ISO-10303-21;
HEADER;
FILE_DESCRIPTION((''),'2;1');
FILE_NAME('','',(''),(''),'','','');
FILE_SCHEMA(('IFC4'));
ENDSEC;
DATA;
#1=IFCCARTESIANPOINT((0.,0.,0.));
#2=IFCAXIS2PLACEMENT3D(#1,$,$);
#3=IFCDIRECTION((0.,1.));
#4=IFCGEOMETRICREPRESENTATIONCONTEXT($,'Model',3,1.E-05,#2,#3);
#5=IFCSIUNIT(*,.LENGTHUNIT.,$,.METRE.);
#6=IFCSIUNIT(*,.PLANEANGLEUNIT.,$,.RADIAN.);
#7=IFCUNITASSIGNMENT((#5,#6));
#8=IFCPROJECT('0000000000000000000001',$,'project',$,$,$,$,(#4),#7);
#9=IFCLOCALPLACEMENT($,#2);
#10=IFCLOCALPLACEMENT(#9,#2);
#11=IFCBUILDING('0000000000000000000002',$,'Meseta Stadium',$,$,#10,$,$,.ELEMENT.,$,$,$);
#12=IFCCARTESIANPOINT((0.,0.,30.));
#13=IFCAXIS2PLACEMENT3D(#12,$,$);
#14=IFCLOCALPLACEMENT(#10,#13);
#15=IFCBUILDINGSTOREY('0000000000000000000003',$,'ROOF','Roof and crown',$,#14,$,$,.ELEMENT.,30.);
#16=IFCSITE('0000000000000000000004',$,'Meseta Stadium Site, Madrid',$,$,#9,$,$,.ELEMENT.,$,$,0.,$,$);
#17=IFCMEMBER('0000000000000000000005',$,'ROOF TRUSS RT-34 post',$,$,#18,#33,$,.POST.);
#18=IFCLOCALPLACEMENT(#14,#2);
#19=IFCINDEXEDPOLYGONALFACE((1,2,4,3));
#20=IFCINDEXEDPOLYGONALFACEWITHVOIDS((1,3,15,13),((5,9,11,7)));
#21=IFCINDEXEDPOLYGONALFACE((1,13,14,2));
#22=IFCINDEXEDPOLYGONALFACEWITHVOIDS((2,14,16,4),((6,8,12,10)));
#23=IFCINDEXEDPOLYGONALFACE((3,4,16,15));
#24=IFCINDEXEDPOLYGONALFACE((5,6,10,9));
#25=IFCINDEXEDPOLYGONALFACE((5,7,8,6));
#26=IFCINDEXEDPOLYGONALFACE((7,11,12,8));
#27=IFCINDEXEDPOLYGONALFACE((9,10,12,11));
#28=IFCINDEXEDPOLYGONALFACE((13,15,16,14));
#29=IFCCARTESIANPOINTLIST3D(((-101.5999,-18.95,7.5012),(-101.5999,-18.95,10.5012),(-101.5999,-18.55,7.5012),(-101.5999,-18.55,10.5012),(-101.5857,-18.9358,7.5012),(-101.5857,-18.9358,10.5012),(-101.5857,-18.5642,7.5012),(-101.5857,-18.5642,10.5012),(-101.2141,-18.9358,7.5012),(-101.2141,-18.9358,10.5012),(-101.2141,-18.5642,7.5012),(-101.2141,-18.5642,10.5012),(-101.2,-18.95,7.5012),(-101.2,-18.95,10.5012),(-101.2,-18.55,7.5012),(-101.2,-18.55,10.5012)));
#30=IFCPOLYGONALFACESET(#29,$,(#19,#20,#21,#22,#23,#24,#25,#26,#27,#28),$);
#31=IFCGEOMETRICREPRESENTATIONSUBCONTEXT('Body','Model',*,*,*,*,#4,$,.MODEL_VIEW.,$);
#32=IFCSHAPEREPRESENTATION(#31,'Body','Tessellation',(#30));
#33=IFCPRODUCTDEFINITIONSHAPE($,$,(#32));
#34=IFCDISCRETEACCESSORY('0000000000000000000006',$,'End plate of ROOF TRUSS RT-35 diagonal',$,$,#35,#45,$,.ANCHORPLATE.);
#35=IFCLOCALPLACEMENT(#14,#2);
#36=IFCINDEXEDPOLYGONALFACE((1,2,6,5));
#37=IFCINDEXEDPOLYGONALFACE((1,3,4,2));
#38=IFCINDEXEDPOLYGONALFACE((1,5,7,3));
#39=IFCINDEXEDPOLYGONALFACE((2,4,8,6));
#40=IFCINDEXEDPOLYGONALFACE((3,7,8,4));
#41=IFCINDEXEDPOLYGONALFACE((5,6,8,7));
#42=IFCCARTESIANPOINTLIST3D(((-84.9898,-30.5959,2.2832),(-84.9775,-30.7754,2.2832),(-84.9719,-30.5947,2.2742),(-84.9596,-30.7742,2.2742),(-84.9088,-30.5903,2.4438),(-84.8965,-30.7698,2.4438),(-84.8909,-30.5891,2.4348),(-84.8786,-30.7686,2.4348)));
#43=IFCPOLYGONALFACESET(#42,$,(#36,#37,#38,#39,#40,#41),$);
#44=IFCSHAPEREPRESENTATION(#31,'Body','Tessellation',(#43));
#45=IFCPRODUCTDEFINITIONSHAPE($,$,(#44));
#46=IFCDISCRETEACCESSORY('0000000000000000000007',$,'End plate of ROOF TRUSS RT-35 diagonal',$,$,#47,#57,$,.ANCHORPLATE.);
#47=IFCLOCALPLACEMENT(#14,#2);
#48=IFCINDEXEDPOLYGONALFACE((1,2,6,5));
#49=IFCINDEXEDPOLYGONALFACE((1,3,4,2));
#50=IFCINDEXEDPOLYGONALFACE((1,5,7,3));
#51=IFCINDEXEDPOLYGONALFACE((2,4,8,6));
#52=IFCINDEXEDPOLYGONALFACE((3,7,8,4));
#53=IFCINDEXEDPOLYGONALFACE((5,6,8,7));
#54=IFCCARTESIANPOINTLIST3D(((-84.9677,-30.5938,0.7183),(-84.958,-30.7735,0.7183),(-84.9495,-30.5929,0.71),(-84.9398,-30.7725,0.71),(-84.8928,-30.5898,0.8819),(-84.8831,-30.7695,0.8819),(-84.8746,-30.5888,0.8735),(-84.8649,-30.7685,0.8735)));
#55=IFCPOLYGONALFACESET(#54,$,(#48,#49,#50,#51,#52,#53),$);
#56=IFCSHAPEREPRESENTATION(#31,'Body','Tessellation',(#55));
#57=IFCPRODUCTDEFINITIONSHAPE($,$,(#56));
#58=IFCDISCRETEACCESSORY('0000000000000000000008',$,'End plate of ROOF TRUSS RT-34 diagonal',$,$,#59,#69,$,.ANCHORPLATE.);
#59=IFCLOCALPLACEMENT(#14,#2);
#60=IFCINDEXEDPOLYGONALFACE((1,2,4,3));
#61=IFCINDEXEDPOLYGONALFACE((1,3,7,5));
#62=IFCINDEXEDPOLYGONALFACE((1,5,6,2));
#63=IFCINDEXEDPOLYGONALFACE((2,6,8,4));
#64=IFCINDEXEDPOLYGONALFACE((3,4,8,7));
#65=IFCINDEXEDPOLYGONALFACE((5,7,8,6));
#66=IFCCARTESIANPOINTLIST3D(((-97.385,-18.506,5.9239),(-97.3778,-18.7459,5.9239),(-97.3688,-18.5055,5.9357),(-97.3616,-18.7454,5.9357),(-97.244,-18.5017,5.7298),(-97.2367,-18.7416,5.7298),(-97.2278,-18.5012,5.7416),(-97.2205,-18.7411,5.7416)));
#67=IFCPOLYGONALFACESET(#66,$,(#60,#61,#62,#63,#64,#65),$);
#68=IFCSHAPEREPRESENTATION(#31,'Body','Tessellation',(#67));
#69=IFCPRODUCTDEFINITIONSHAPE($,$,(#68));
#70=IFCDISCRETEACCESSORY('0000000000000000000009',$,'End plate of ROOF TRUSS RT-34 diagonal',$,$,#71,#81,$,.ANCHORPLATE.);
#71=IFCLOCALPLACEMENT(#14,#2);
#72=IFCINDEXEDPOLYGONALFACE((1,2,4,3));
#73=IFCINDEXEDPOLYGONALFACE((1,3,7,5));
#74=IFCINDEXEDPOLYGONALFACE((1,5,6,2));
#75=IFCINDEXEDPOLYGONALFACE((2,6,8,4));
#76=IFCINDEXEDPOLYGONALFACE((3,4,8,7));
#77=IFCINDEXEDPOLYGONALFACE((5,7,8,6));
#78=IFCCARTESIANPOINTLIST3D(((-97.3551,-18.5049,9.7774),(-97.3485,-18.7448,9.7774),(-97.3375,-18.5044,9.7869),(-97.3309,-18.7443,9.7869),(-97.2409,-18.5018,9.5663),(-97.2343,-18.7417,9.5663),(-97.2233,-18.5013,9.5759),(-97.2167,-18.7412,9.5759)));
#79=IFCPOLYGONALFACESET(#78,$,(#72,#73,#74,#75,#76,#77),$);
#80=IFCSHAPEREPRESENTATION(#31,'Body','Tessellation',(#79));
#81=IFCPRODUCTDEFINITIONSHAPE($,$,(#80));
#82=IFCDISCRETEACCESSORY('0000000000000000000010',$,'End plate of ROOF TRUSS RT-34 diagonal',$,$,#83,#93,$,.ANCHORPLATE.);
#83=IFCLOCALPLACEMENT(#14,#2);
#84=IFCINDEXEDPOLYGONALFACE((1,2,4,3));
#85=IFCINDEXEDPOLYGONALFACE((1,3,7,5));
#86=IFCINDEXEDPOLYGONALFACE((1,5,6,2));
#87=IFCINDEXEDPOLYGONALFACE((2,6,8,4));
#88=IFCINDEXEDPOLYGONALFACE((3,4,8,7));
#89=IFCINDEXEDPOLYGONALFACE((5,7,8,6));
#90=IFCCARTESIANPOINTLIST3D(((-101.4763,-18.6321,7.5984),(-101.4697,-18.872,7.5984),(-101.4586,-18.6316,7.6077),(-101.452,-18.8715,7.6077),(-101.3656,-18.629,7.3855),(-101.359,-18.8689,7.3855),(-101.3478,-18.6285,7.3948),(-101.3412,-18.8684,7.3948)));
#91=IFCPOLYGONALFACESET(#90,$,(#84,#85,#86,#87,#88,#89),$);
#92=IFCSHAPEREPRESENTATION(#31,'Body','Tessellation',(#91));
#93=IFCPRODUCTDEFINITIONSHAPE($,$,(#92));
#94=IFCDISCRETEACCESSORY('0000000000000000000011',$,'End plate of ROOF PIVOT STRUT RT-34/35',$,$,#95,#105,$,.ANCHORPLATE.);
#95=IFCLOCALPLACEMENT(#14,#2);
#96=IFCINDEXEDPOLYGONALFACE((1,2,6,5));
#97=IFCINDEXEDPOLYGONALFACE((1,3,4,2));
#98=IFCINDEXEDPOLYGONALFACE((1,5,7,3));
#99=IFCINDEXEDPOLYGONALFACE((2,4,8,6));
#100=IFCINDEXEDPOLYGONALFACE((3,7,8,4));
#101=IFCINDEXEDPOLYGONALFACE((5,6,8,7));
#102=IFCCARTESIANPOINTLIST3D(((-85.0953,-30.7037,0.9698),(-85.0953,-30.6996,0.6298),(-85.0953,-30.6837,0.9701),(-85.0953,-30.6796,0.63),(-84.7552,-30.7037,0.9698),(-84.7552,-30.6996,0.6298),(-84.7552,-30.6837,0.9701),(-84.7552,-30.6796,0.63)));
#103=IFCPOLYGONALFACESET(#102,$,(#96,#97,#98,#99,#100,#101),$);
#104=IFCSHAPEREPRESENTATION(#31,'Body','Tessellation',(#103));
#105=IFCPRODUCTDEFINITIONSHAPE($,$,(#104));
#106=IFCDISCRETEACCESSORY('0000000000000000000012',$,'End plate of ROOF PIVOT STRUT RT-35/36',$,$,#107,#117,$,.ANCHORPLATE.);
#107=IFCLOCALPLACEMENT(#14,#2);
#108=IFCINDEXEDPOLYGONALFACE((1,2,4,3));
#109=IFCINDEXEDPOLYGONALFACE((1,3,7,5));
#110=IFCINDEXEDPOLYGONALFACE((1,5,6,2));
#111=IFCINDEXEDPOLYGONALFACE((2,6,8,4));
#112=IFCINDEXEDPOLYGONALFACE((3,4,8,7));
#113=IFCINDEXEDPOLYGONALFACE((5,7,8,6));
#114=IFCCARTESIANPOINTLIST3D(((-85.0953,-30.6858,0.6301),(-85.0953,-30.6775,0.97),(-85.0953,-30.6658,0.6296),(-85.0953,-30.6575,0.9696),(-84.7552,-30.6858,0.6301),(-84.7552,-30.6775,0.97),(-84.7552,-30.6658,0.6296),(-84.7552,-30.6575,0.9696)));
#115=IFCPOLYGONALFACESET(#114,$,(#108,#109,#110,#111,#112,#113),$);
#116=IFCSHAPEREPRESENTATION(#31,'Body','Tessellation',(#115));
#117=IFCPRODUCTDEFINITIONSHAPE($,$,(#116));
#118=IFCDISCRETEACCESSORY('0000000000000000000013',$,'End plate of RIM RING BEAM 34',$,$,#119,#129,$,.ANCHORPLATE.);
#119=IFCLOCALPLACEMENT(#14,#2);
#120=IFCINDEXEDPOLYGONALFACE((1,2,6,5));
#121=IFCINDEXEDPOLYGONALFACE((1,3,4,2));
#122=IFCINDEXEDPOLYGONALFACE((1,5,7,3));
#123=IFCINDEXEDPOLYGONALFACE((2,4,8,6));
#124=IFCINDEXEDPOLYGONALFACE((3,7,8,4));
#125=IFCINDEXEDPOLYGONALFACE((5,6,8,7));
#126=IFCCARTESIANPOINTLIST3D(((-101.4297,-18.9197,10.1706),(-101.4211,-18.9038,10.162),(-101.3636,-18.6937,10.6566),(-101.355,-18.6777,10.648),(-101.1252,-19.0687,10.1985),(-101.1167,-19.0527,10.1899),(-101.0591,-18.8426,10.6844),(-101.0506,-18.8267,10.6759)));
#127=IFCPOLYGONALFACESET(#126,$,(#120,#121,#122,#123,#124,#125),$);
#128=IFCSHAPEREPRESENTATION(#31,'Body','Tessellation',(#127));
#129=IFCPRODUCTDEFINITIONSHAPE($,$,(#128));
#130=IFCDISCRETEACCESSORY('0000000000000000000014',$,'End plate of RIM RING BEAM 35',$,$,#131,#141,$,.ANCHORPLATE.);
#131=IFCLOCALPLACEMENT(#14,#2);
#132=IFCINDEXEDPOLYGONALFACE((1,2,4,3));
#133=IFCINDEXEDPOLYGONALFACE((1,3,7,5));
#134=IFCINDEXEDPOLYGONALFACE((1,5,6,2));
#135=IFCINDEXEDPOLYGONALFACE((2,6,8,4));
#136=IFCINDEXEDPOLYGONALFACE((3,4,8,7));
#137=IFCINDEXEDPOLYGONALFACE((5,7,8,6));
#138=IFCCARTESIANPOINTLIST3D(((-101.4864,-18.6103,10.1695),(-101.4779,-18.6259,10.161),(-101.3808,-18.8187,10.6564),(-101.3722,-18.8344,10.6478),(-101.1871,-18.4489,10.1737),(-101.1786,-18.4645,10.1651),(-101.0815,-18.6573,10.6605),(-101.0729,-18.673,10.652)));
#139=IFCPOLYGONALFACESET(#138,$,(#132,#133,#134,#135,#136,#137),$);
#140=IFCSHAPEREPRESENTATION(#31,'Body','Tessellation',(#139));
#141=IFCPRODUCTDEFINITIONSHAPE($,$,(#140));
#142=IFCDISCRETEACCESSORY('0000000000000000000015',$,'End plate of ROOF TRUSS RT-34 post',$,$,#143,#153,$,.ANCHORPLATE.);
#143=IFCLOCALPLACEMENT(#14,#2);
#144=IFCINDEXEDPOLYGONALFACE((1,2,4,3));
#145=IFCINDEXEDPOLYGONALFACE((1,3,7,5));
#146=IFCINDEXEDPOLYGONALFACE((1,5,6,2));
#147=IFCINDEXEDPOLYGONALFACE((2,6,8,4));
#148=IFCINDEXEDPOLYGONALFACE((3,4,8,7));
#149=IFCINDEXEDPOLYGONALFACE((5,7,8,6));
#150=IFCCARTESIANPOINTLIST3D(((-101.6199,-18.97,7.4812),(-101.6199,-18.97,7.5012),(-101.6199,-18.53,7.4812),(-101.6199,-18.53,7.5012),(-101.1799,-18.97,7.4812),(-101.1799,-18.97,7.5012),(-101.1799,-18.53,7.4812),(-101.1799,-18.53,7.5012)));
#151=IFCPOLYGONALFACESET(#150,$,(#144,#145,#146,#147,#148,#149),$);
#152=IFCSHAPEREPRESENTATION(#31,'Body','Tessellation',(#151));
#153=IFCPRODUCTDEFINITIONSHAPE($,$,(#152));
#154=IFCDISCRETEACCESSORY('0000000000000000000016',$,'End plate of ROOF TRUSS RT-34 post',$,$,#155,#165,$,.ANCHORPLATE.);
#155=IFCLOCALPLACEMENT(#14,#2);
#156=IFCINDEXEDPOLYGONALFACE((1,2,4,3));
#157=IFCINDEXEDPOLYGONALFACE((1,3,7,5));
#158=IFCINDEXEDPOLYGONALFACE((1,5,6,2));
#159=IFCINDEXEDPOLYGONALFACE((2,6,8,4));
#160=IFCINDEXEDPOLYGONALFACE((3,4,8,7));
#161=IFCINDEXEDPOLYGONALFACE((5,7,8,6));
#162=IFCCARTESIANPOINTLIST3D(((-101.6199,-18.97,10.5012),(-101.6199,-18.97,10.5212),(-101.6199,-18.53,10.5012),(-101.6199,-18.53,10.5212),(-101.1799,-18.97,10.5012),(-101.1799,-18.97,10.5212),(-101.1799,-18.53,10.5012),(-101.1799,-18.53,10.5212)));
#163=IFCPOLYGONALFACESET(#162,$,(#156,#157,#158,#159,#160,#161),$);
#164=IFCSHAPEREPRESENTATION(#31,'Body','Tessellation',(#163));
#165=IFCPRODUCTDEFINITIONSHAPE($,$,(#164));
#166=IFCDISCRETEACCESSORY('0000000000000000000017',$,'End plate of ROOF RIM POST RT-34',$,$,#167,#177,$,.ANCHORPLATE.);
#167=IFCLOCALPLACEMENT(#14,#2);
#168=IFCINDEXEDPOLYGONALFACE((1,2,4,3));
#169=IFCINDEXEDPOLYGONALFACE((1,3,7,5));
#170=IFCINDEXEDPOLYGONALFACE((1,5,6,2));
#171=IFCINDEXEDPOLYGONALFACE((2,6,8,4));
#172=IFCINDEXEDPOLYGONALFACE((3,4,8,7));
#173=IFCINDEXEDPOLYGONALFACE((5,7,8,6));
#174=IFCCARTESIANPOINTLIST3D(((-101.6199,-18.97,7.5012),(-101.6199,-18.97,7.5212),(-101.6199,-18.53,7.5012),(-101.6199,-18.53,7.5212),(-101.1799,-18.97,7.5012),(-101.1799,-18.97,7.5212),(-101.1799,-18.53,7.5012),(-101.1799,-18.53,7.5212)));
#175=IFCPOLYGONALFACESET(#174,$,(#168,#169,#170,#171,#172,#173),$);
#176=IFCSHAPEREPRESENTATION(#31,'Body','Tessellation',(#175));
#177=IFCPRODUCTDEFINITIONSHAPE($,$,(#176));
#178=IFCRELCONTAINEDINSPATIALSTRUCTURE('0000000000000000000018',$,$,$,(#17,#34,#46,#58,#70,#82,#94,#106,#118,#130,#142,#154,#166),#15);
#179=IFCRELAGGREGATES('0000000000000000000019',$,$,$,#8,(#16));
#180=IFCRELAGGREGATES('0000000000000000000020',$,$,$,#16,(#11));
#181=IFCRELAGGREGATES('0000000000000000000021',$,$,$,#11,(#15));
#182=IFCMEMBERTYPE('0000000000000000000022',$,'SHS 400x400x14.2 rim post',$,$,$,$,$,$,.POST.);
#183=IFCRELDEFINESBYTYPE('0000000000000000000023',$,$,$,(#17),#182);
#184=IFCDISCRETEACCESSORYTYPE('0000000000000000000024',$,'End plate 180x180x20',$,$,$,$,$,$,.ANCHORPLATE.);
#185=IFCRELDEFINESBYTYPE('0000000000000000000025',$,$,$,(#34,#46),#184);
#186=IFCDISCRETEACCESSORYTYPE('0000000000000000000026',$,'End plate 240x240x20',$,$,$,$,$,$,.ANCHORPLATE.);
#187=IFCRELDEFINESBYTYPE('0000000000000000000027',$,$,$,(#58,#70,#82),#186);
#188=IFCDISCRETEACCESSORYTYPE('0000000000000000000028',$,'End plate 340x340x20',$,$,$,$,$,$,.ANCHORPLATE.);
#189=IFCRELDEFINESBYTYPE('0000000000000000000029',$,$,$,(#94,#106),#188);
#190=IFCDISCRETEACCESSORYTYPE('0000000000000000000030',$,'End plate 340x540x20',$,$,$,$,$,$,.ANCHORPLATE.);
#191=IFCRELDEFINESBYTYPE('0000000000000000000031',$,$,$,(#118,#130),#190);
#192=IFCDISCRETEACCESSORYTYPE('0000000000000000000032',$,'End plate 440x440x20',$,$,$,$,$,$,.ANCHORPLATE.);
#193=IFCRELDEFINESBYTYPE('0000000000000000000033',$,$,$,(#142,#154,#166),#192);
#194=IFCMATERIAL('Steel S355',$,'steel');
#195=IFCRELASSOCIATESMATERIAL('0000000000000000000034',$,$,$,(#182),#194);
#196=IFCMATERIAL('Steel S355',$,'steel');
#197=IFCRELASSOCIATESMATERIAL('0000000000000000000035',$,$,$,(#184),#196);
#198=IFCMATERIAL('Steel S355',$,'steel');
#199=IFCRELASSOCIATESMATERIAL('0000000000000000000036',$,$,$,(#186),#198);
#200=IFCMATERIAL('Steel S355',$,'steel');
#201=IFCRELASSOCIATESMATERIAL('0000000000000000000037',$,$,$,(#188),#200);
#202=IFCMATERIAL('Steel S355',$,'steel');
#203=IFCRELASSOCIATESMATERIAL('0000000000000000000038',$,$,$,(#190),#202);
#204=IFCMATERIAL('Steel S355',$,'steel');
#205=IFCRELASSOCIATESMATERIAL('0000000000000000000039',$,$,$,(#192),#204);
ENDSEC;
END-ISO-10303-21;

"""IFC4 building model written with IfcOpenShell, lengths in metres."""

from ifc_helpers import new_model, si_unit, direction, frame, origin, origin_2d, place, context, subcontext, project, spatial, rectangle, hollow_rectangle, extrude, material, material_profile, profile_set, type_object, element, save


model = new_model("IFC4")

# Units and contexts
model_context = context("Model", 3, precision=1e-05, world=origin(), true_north=direction((0.0, 1.0)))
body_context = subcontext(model_context, "Body", "Model", "MODEL_VIEW")
ifc_project = project(units=[si_unit("LENGTHUNIT", "METRE"), si_unit("PLANEANGLEUNIT", "RADIAN")], contexts=[model_context])

# Site, building, storey
site_placement = place(None, origin())
site = spatial("IfcSite", under=ifc_project, at=site_placement, Name="Meseta Stadium Site, Madrid", CompositionType="ELEMENT", RefElevation=0.0)
building_placement = place(site_placement, origin())
building = spatial("IfcBuilding", under=site, at=building_placement, Name="Meseta Stadium", CompositionType="ELEMENT")
storey_placement = place(building_placement, frame((0.0, 0.0, 30.0)))
storey = spatial("IfcBuildingStorey", under=building, at=storey_placement, Name="ROOF", Description="Roof and crown", CompositionType="ELEMENT", Elevation=30.0)

# Member
ifc_material_1 = material(Name="Steel S355", Category="steel")
ifc_material_profile_1 = material_profile(ifc_material_1, hollow_rectangle(XDim=0.3999, YDim=0.3999, WallThickness=0.0142, at=origin_2d()), Name="SHS 400x400x14.2")
ifc_profile_set_1 = profile_set([ifc_material_profile_1], Name="Steel S355")
member_type_1 = type_object("IfcMemberType", Name="SHS 400x400x14.2 rim post", PredefinedType="POST", material=ifc_profile_set_1)
member_1_placement = place(storey_placement, frame((-101.3999, -18.75, 7.5012), z_axis=(0.0, 0.0, 1.0), x_axis=(1.0, 0.0, 0.0)))
element("IfcMember", 1, at=member_1_placement, inside=storey, type_object=member_type_1, Name="ROOF TRUSS RT-34 post", PredefinedType="POST", context=body_context, shape_type="SweptSolid", body=[
    extrude(hollow_rectangle(XDim=0.3999, YDim=0.3999, WallThickness=0.0142, at=origin_2d()), origin(), (0.0, 0.0, 1.0), 3.0),
])

# Discrete accessories
ifc_material_2 = material(Name="Steel S355", Category="steel")
ifc_material_profile_2 = material_profile(ifc_material_2, rectangle(XDim=0.1799, YDim=0.1799, at=origin_2d()), Name="PL 180x180")
ifc_profile_set_2 = profile_set([ifc_material_profile_2], Name="Steel S355")
discrete_accessory_type_1 = type_object("IfcDiscreteAccessoryType", Name="End plate 180x180x20", PredefinedType="ANCHORPLATE", material=ifc_profile_set_2)
for number, where, z_axis, x_axis, name in (
    (2, (-84.9253, -30.6816, 2.3545), (-0.89031, -0.06098, 0.451253), (0.068333, -0.997663, 0.0), "End plate of ROOF TRUSS RT-35 diagonal"),
    (3, (-84.9072, -30.6807, 0.7917), (-0.907583, -0.049059, 0.416997), (0.053975, -0.998542, 0.0), "End plate of ROOF TRUSS RT-35 diagonal"),
):
    element("IfcDiscreteAccessory", number, at=place(storey_placement, frame(where, z_axis=z_axis, x_axis=x_axis)), inside=storey, type_object=discrete_accessory_type_1, Name=name, PredefinedType="ANCHORPLATE", context=body_context, shape_type="SweptSolid", body=[
        extrude(rectangle(XDim=0.1799, YDim=0.1799, at=origin_2d()), origin(), (0.0, 0.0, 1.0), 0.02),
    ])
ifc_material_3 = material(Name="Steel S355", Category="steel")
ifc_material_profile_3 = material_profile(ifc_material_3, rectangle(XDim=0.24, YDim=0.24, at=origin_2d()), Name="PL 240x240")
ifc_profile_set_3 = profile_set([ifc_material_profile_3], Name="Steel S355")
discrete_accessory_type_2 = type_object("IfcDiscreteAccessoryType", Name="End plate 240x240x20", PredefinedType="ANCHORPLATE", material=ifc_profile_set_3)
for number, where, z_axis, x_axis, name in (
    (4, (-97.2947, -18.6233, 5.8386), (-0.808493, -0.0245, -0.587995), (0.030289, -0.999541, 0.0), "End plate of ROOF TRUSS RT-34 diagonal"),
    (5, (-97.2771, -18.6228, 9.6814), (-0.87903, -0.024417, -0.476141), (0.027767, -0.999614, 0.0), "End plate of ROOF TRUSS RT-34 diagonal"),
    (6, (-101.3999, -18.75, 7.5012), (-0.886756, -0.024295, -0.461599), (0.027387, -0.999625, 0.0), "End plate of ROOF TRUSS RT-34 diagonal"),
):
    element("IfcDiscreteAccessory", number, at=place(storey_placement, frame(where, z_axis=z_axis, x_axis=x_axis)), inside=storey, type_object=discrete_accessory_type_2, Name=name, PredefinedType="ANCHORPLATE", context=body_context, shape_type="SweptSolid", body=[
        extrude(rectangle(XDim=0.24, YDim=0.24, at=origin_2d()), origin(), (0.0, 0.0, 1.0), 0.02),
    ])
ifc_material_4 = material(Name="Steel S355", Category="steel")
ifc_material_profile_4 = material_profile(ifc_material_4, rectangle(XDim=0.3401, YDim=0.3401, at=origin_2d()), Name="PL 340x340")
ifc_profile_set_4 = profile_set([ifc_material_profile_4], Name="Steel S355")
discrete_accessory_type_3 = type_object("IfcDiscreteAccessoryType", Name="End plate 340x340x20", PredefinedType="ANCHORPLATE", material=ifc_profile_set_4)
for number, where, z_axis, x_axis, name in (
    (7, (-84.9253, -30.6816, 0.8), (0.0, -0.999926, -0.012194), (1.0, 0.0, 0.0), "End plate of ROOF PIVOT STRUT RT-34/35"),
    (8, (-84.9253, -30.6616, 0.7996), (0.0, -0.999703, 0.024383), (1.0, 0.0, 0.0), "End plate of ROOF PIVOT STRUT RT-35/36"),
):
    element("IfcDiscreteAccessory", number, at=place(storey_placement, frame(where, z_axis=z_axis, x_axis=x_axis)), inside=storey, type_object=discrete_accessory_type_3, Name=name, PredefinedType="ANCHORPLATE", context=body_context, shape_type="SweptSolid", body=[
        extrude(rectangle(XDim=0.3401, YDim=0.3401, at=origin_2d()), origin(), (0.0, 0.0, 1.0), 0.02),
    ])
ifc_material_5 = material(Name="Steel S355", Category="steel")
ifc_material_profile_5 = material_profile(ifc_material_5, rectangle(XDim=0.3401, YDim=0.54, at=origin_2d()), Name="PL 340x540")
ifc_profile_set_5 = profile_set([ifc_material_profile_5], Name="Steel S355")
discrete_accessory_type_4 = type_object("IfcDiscreteAccessoryType", Name="End plate 340x540x20", PredefinedType="ANCHORPLATE", material=ifc_profile_set_5)
discrete_accessory_1_placement = place(storey_placement, frame((-101.2358, -18.8652, 10.4189), z_axis=(-0.428393, -0.795587, 0.428393), x_axis=(0.895267, -0.437923, 0.081982)))
element("IfcDiscreteAccessory", 9, at=discrete_accessory_1_placement, inside=storey, type_object=discrete_accessory_type_4, Name="End plate of RIM RING BEAM 34", PredefinedType="ANCHORPLATE", context=body_context, shape_type="SweptSolid", body=[
    extrude(rectangle(XDim=0.3401, YDim=0.54, at=origin_2d()), origin(), (0.0, 0.0, 1.0), 0.02),
])
discrete_accessory_2_placement = place(storey_placement, frame((-101.2839, -18.6338, 10.415), z_axis=(0.432594, -0.791028, -0.432594), x_axis=(0.880105, 0.474622, 0.012225)))
element("IfcDiscreteAccessory", 10, at=discrete_accessory_2_placement, inside=storey, type_object=discrete_accessory_type_4, Name="End plate of RIM RING BEAM 35", PredefinedType="ANCHORPLATE", context=body_context, shape_type="SweptSolid", body=[
    extrude(rectangle(XDim=0.3401, YDim=0.54, at=origin_2d()), origin(), (0.0, 0.0, 1.0), 0.0198),
])
ifc_material_6 = material(Name="Steel S355", Category="steel")
ifc_material_profile_6 = material_profile(ifc_material_6, rectangle(XDim=0.4399, YDim=0.4399, at=origin_2d()), Name="PL 440x440")
ifc_profile_set_6 = profile_set([ifc_material_profile_6], Name="Steel S355")
discrete_accessory_type_5 = type_object("IfcDiscreteAccessoryType", Name="End plate 440x440x20", PredefinedType="ANCHORPLATE", material=ifc_profile_set_6)
for number, where, z_axis, x_axis, name in (
    (11, (-101.3999, -18.75, 7.4812), (0.0, 0.0, 1.0), (1.0, 0.0, 0.0), "End plate of ROOF TRUSS RT-34 post"),
    (12, (-101.3999, -18.75, 10.5012), (0.0, 0.0, 1.0), (1.0, 0.0, 0.0), "End plate of ROOF TRUSS RT-34 post"),
    (13, (-101.3999, -18.75, 7.5012), (0.0, 0.0, 1.0), (1.0, 0.0, 0.0), "End plate of ROOF RIM POST RT-34"),
):
    element("IfcDiscreteAccessory", number, at=place(storey_placement, frame(where, z_axis=z_axis, x_axis=x_axis)), inside=storey, type_object=discrete_accessory_type_5, Name=name, PredefinedType="ANCHORPLATE", context=body_context, shape_type="SweptSolid", body=[
        extrude(rectangle(XDim=0.4399, YDim=0.4399, at=origin_2d()), origin(), (0.0, 0.0, 1.0), 0.02),
    ])

save(model, "model.ifc")
